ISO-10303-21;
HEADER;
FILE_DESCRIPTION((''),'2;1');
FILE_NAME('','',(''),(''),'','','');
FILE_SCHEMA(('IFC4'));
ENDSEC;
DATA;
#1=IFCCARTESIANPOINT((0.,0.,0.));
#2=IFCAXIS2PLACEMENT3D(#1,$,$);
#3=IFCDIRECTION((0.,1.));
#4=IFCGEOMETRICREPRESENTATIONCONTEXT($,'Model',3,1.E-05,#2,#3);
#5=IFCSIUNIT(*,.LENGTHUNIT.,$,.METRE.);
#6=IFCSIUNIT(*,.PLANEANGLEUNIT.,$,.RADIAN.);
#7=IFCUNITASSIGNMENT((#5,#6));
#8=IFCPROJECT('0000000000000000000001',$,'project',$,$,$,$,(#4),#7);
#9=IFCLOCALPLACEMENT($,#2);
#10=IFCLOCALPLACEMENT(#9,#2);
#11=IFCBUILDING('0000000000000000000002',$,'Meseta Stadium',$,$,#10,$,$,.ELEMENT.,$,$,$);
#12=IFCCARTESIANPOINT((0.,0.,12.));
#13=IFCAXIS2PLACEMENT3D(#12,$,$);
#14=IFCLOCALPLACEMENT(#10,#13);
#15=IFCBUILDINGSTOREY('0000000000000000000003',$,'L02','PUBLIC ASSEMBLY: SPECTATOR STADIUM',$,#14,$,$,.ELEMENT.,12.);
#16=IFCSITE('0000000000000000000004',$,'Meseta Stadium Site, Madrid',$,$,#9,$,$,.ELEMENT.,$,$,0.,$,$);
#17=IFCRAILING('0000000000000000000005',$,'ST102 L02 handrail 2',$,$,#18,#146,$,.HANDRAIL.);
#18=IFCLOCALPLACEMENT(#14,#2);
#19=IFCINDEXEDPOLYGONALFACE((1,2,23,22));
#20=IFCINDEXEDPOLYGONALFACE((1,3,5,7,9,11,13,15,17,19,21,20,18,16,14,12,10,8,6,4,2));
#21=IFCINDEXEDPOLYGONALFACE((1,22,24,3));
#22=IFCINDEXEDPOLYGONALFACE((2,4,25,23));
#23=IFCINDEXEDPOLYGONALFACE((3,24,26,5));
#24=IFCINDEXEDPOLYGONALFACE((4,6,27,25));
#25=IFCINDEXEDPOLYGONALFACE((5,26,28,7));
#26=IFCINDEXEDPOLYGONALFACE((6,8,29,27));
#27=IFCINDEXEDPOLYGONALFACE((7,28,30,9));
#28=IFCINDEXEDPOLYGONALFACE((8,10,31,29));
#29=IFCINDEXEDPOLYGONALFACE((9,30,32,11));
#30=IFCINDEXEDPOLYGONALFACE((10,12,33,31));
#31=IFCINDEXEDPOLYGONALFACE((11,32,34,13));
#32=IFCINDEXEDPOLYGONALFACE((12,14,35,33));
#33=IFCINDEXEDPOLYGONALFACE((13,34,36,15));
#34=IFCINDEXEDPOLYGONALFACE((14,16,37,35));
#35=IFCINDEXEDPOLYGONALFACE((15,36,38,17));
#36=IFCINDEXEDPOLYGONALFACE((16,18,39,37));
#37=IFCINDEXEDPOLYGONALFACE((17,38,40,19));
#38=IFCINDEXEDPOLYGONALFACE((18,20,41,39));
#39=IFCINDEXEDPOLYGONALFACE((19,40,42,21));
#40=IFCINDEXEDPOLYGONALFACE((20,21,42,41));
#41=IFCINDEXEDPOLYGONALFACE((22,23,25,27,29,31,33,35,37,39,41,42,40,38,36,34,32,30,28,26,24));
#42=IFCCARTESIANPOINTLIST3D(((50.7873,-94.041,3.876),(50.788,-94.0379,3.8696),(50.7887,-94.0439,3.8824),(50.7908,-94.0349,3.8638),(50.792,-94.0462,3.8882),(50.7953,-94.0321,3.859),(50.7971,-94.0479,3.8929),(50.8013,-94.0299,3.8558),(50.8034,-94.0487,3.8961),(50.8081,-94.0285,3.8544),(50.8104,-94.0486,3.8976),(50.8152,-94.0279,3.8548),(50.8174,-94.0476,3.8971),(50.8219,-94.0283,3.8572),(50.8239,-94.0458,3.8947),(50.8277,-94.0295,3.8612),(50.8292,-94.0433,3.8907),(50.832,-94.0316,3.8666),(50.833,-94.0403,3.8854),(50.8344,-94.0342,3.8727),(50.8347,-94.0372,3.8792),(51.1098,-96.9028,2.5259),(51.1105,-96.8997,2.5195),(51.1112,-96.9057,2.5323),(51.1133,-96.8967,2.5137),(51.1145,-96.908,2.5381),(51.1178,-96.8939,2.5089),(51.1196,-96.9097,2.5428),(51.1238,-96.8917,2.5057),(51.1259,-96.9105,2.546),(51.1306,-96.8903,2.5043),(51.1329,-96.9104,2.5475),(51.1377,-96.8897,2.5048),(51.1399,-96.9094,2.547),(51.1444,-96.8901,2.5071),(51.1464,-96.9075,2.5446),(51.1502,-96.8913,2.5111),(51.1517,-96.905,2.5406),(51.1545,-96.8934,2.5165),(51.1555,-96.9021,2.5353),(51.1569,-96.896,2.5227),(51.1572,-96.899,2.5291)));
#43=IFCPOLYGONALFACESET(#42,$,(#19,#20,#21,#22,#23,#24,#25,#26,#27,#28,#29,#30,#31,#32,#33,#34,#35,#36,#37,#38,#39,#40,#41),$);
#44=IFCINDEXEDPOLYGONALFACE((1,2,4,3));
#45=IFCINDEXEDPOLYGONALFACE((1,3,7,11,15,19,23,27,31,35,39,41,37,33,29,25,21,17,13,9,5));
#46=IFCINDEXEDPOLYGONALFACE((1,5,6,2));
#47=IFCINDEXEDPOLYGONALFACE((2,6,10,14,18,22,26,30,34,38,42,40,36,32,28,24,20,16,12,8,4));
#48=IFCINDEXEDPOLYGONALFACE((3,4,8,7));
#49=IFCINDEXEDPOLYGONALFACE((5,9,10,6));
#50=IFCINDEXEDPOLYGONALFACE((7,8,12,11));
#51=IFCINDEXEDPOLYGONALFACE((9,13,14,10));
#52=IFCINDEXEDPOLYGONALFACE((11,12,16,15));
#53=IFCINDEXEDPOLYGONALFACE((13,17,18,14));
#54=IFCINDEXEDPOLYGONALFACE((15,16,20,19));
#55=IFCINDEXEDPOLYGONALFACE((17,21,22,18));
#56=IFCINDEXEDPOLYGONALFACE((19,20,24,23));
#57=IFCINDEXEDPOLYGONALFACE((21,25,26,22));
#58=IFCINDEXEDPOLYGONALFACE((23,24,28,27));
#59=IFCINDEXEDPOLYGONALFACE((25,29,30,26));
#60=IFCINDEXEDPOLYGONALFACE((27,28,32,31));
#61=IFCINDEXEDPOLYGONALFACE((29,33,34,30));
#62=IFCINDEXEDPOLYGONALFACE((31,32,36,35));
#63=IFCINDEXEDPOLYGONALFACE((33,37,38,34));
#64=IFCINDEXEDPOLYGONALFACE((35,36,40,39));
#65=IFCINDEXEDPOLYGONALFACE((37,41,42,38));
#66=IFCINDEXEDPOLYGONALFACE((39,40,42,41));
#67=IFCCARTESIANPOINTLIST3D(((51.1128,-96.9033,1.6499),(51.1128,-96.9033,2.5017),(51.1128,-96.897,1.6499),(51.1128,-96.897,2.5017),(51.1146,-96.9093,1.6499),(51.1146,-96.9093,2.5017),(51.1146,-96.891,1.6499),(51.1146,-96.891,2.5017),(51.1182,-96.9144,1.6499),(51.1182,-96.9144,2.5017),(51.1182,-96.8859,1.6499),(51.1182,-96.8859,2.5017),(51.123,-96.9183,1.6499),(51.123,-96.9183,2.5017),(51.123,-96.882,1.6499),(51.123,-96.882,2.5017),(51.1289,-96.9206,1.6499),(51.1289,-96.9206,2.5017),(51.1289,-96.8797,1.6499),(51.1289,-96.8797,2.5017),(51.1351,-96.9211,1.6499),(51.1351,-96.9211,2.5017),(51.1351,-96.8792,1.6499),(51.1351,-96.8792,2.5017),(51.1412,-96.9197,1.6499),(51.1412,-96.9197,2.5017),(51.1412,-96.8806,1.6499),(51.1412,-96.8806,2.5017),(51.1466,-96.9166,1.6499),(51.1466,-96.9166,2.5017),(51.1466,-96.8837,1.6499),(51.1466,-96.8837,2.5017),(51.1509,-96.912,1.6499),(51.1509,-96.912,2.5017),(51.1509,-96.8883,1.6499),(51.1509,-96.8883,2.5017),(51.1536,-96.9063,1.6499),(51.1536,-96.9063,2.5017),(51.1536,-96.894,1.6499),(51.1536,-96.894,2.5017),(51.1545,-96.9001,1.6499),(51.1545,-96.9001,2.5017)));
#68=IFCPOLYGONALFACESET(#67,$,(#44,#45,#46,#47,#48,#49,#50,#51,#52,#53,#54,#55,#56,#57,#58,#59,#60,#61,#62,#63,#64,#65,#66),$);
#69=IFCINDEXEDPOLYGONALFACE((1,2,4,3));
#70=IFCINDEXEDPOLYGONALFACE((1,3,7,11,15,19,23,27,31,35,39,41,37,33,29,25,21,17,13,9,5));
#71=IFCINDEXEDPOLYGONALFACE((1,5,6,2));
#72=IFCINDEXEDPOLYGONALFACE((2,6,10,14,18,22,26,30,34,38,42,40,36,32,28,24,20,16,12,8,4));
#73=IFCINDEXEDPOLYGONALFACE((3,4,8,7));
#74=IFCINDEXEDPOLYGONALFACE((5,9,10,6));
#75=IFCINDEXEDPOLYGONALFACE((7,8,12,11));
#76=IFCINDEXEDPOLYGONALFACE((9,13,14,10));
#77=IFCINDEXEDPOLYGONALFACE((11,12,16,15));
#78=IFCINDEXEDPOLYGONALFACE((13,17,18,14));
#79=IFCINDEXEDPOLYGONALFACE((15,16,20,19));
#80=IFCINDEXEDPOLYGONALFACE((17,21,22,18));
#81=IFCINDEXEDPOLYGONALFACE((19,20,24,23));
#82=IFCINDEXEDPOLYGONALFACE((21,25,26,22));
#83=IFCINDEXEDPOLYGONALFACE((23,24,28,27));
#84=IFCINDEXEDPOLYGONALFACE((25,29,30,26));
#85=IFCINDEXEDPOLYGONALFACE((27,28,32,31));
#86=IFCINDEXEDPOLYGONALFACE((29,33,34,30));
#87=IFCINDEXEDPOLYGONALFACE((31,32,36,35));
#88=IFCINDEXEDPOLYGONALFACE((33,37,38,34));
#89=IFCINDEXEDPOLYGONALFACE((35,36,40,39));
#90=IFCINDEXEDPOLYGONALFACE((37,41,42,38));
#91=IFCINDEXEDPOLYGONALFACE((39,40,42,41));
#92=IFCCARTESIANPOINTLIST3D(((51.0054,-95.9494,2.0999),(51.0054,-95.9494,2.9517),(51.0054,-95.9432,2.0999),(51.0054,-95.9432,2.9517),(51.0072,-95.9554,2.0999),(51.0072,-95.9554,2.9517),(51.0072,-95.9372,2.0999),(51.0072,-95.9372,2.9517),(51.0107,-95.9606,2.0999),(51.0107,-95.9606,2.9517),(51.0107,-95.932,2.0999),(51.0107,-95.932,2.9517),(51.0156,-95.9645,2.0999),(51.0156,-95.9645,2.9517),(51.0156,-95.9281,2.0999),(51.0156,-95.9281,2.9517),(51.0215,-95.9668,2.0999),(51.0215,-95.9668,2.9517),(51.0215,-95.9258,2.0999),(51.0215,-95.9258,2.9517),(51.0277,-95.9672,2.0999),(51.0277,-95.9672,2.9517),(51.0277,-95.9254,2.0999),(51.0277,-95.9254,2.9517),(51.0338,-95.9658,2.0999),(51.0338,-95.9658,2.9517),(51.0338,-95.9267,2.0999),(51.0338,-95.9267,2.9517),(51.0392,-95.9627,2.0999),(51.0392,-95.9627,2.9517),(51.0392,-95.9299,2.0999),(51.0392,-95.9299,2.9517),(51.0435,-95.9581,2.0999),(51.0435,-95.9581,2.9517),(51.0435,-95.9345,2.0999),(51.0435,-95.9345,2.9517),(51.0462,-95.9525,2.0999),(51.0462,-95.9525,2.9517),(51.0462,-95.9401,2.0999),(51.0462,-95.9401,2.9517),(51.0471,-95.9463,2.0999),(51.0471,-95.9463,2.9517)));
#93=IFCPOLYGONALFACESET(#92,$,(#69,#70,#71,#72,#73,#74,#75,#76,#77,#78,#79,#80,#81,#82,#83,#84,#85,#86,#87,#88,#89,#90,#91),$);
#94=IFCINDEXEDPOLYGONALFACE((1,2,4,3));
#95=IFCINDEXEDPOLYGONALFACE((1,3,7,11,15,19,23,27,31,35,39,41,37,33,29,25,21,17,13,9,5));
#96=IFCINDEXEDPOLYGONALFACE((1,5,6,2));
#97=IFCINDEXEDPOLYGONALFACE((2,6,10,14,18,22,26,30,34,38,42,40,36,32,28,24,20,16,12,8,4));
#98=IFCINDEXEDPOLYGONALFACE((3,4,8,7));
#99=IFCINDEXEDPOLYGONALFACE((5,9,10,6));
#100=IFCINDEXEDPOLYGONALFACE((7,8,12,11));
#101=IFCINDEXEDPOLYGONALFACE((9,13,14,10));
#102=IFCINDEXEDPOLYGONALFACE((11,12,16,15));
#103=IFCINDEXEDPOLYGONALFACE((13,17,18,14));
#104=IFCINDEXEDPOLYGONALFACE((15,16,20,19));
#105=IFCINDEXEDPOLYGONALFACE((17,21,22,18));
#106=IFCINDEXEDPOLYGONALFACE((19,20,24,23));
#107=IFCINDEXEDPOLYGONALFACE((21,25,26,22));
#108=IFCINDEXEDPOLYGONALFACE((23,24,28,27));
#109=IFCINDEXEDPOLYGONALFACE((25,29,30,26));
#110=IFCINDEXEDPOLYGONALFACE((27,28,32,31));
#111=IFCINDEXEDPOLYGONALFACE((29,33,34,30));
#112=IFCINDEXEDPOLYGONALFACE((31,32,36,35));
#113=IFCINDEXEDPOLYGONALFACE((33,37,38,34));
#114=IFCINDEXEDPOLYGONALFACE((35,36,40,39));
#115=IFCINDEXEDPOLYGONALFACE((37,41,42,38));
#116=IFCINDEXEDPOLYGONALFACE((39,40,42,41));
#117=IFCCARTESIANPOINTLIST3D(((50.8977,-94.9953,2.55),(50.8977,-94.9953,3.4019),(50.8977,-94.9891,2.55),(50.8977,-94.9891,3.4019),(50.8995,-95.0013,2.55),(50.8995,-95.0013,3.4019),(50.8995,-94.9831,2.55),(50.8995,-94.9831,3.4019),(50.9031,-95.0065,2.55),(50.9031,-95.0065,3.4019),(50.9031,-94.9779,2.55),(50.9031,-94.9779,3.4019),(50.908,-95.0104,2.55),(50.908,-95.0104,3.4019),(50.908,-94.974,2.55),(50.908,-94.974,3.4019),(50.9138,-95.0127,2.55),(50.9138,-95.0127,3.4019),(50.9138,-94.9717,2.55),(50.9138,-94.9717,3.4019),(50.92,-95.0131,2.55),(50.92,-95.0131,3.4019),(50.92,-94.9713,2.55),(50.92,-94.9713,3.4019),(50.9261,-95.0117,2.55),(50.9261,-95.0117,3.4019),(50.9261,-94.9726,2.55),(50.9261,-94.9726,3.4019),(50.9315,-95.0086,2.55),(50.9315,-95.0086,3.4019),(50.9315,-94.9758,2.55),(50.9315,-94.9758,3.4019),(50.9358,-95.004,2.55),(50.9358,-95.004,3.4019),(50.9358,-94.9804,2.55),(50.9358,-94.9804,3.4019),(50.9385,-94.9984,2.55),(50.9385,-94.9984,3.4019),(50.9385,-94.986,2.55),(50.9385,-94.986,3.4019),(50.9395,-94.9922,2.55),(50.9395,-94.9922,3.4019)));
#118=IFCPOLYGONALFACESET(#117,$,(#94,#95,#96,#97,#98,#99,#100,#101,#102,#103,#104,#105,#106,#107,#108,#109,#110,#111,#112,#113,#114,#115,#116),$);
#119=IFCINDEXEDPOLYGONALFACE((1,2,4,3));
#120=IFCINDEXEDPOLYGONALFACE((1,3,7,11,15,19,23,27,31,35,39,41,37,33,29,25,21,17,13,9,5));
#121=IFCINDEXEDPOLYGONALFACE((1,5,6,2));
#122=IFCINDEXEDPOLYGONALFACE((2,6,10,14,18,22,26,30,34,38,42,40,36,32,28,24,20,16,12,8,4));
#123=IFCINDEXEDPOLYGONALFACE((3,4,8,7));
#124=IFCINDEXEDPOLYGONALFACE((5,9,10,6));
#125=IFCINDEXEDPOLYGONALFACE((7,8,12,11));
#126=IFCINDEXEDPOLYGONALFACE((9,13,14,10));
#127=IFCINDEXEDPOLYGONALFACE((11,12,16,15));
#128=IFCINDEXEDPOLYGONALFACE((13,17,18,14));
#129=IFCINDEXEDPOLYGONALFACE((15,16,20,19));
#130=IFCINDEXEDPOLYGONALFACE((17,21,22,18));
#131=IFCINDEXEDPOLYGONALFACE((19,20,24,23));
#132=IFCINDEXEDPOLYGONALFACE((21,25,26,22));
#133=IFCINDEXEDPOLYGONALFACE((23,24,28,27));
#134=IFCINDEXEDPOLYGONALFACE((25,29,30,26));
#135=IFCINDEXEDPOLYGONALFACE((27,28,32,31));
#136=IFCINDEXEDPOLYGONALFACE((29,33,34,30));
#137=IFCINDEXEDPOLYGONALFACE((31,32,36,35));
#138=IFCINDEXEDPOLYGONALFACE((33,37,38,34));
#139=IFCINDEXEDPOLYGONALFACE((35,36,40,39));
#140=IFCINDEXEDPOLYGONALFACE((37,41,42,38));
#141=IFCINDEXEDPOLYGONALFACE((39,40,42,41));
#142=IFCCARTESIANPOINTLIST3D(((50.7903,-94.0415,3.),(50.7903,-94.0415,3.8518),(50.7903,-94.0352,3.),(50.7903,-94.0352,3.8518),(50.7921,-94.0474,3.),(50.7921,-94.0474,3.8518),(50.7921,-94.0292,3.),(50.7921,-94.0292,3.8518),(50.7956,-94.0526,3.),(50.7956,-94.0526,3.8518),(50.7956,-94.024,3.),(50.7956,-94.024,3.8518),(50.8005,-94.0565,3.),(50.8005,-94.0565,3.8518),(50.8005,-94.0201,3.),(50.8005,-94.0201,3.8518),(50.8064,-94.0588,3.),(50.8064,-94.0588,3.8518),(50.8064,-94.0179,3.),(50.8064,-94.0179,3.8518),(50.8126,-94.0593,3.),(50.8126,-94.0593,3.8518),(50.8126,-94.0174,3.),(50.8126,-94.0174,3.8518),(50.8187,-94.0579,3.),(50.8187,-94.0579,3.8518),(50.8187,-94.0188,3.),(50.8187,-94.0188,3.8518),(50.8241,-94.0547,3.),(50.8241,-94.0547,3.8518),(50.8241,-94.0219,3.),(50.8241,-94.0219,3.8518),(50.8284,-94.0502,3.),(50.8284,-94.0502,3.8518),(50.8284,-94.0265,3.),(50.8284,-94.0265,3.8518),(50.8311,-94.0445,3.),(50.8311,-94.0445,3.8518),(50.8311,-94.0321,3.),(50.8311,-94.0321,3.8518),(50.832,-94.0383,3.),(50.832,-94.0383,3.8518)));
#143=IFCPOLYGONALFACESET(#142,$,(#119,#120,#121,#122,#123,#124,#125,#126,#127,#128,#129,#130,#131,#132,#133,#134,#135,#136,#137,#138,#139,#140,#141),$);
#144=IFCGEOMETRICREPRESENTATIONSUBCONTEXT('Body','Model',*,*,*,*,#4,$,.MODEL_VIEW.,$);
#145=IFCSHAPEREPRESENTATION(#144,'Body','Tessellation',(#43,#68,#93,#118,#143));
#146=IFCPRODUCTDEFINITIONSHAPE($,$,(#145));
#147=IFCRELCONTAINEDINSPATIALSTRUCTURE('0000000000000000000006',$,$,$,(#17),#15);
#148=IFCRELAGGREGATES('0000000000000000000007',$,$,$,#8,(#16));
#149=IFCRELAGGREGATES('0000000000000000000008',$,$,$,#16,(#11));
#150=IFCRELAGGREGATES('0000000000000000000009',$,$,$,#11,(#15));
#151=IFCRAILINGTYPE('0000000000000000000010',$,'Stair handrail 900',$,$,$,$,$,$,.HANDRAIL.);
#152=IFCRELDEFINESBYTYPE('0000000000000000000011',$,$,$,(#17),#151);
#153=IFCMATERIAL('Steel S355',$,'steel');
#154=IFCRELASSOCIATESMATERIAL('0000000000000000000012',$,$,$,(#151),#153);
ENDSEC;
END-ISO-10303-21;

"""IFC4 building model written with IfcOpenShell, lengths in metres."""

from ifc_helpers import new_model, si_unit, direction, frame, origin, origin_2d, place, context, subcontext, project, spatial, circle, extrude, material, type_object, element, save


model = new_model("IFC4")

# Units and contexts
model_context = context("Model", 3, precision=1e-05, world=origin(), true_north=direction((0.0, 1.0)))
body_context = subcontext(model_context, "Body", "Model", "MODEL_VIEW")
ifc_project = project(units=[si_unit("LENGTHUNIT", "METRE"), si_unit("PLANEANGLEUNIT", "RADIAN")], contexts=[model_context])

# Site, building, storey
site_placement = place(None, origin())
site = spatial("IfcSite", under=ifc_project, at=site_placement, Name="Meseta Stadium Site, Madrid", CompositionType="ELEMENT", RefElevation=0.0)
building_placement = place(site_placement, origin())
building = spatial("IfcBuilding", under=site, at=building_placement, Name="Meseta Stadium", CompositionType="ELEMENT")
storey_placement = place(building_placement, frame((0.0, 0.0, 12.0)))
storey = spatial("IfcBuildingStorey", under=building, at=storey_placement, Name="L02", Description="PUBLIC ASSEMBLY: SPECTATOR STADIUM", CompositionType="ELEMENT", Elevation=12.0)

# Railing
ifc_material_1 = material(Name="Steel S355", Category="steel")
railing_type_1 = type_object("IfcRailingType", Name="Stair handrail 900", PredefinedType="HANDRAIL", material=ifc_material_1)
railing_1_placement = place(storey_placement, frame((51.1335, -96.9001, 1.6499)))
element("IfcRailing", 1, at=railing_1_placement, inside=storey, type_object=railing_type_1, Name="ST102 L02 handrail 2", PredefinedType="HANDRAIL", context=body_context, shape_type="SweptSolid", body=[
    extrude(circle(Radius=0.0239, at=origin_2d()), frame((0.0, 0.0, 0.876), z_axis=(-0.101396, 0.899748, 0.424467), x_axis=(-0.99371, -0.111985, 0.0)), (0.0, 0.0, 1.0), 3.1807),
    extrude(circle(Radius=0.021, at=origin_2d()), origin(), (0.0, 0.0, 1.0), 0.8518),
    extrude(circle(Radius=0.021, at=origin_2d()), frame((-0.1074, 0.9539, 0.45)), (0.0, 0.0, 1.0), 0.8518),
    extrude(circle(Radius=0.021, at=origin_2d()), frame((-0.2151, 1.908, 0.9001)), (0.0, 0.0, 1.0), 0.8518),
    extrude(circle(Radius=0.021, at=origin_2d()), frame((-0.3225, 2.8618, 1.3501)), (0.0, 0.0, 1.0), 0.8518),
])

save(model, "model.ifc")
